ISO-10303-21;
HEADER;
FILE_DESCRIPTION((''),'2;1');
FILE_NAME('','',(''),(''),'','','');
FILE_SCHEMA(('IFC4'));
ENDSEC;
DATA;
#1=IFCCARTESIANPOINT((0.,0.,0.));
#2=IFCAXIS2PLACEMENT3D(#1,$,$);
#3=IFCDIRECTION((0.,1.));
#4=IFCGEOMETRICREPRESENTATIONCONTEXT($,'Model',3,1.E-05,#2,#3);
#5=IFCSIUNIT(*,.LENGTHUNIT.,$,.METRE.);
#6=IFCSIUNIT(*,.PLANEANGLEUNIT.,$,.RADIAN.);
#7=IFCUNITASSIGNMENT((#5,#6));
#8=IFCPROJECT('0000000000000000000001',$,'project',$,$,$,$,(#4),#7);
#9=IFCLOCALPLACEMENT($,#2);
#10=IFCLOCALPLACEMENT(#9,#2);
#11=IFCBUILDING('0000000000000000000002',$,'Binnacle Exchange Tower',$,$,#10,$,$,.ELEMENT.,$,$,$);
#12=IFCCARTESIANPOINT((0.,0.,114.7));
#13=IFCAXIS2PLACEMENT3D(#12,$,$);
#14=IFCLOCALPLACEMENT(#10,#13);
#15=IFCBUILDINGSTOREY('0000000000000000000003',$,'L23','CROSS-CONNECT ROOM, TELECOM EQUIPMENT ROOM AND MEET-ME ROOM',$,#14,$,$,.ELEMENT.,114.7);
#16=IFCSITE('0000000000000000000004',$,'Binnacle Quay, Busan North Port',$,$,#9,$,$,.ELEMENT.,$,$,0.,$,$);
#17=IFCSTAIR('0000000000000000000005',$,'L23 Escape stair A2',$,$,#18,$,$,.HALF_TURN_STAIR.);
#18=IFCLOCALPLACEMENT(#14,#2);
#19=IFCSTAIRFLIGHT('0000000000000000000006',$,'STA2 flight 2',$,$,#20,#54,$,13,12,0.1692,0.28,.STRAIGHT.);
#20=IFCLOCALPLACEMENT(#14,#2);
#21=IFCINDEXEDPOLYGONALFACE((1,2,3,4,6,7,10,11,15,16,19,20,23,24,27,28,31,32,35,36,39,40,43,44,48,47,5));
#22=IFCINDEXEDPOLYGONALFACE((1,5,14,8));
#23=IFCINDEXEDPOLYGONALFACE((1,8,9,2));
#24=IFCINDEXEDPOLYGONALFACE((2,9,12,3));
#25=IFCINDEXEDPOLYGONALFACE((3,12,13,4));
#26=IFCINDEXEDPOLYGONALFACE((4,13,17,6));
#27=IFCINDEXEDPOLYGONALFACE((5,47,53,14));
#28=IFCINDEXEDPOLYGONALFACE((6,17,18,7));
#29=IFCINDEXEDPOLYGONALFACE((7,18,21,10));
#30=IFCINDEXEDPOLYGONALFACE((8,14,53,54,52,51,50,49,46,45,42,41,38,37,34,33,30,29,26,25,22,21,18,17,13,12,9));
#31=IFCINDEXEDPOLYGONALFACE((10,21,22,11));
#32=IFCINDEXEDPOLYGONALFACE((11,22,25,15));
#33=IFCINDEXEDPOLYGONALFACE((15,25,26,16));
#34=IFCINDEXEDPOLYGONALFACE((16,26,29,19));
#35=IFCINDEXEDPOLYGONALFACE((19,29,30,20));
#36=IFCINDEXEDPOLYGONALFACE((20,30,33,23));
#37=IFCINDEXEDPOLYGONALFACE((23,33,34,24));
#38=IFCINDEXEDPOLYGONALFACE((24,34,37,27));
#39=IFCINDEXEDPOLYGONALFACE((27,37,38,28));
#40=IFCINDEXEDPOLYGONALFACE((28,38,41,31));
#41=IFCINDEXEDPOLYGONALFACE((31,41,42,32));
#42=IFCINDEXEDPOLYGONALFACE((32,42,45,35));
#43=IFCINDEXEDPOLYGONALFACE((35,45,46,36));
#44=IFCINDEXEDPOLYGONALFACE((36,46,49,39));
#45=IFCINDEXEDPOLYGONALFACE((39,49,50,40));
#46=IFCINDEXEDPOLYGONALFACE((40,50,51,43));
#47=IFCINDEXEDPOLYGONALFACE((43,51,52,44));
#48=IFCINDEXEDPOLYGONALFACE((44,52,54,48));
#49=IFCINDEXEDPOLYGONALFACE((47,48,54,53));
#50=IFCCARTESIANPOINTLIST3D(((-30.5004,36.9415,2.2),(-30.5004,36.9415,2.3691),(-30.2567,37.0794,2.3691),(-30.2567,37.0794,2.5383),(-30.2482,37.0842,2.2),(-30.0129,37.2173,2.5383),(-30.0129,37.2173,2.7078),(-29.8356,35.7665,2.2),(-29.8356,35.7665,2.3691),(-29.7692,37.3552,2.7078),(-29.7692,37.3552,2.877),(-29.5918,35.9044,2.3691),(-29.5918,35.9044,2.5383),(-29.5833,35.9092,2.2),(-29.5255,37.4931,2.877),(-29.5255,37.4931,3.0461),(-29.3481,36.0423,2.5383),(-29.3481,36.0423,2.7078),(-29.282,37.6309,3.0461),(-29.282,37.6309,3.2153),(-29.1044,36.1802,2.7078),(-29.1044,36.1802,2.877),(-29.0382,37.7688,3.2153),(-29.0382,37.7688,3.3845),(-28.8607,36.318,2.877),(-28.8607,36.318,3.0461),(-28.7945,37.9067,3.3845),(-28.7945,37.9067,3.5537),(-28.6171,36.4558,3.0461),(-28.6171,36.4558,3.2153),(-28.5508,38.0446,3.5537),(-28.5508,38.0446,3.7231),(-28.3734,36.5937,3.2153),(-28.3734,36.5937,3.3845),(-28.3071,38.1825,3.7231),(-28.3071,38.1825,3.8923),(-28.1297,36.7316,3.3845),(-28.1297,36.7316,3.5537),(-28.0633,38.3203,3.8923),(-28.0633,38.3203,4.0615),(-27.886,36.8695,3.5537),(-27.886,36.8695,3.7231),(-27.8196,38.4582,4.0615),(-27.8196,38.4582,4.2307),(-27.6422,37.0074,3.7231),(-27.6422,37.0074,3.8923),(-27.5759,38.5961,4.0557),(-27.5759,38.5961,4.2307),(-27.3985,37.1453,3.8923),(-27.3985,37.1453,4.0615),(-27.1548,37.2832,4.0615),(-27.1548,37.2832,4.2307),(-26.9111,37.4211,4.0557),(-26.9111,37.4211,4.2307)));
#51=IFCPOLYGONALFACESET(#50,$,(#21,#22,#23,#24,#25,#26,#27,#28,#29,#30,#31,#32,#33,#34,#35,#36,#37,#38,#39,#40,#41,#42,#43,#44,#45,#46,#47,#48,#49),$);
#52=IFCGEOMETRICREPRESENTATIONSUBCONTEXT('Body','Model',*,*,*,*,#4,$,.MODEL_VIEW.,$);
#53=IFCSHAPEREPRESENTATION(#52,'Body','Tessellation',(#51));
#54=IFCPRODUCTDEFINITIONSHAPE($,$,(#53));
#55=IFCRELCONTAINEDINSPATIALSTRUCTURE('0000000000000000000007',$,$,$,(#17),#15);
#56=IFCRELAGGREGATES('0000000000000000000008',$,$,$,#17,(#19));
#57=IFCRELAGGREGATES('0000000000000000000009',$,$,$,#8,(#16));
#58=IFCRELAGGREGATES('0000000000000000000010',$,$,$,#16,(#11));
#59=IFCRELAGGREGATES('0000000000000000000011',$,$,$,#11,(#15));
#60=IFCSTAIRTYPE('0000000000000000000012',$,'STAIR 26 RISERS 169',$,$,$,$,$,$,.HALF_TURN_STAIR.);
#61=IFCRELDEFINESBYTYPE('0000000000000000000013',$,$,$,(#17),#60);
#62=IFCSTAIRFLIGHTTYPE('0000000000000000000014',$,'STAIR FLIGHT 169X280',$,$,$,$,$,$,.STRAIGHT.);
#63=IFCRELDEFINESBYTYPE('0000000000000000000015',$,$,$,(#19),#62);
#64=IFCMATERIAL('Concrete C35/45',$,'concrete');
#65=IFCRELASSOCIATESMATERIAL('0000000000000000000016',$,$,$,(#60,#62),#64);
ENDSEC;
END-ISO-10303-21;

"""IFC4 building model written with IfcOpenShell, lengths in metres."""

from ifc_helpers import new_model, si_unit, direction, frame, origin, place, context, subcontext, project, spatial, polyline, outline, extrude, material, type_object, element, aggregate, save


model = new_model("IFC4")

# Units and contexts
model_context = context("Model", 3, precision=1e-05, world=origin(), true_north=direction((0.0, 1.0)))
body_context = subcontext(model_context, "Body", "Model", "MODEL_VIEW")
ifc_project = project(units=[si_unit("LENGTHUNIT", "METRE"), si_unit("PLANEANGLEUNIT", "RADIAN")], contexts=[model_context])

# Site, building, storey
site_placement = place(None, origin())
site = spatial("IfcSite", under=ifc_project, at=site_placement, Name="Binnacle Quay, Busan North Port", CompositionType="ELEMENT", RefElevation=0.0)
building_placement = place(site_placement, origin())
building = spatial("IfcBuilding", under=site, at=building_placement, Name="Binnacle Exchange Tower", CompositionType="ELEMENT")
storey_placement = place(building_placement, frame((0.0, 0.0, 114.7)))
storey = spatial("IfcBuildingStorey", under=building, at=storey_placement, Name="L23", Description="CROSS-CONNECT ROOM, TELECOM EQUIPMENT ROOM AND MEET-ME ROOM", CompositionType="ELEMENT", Elevation=114.7)

# Stair, stair flight
ifc_material_1 = material(Name="Concrete C35/45", Category="concrete")
stair_type = type_object("IfcStairType", Name="STAIR 26 RISERS 169", PredefinedType="HALF_TURN_STAIR", material=ifc_material_1)
stair_placement = place(storey_placement, origin())
stair = element("IfcStair", 1, at=stair_placement, inside=storey, type_object=stair_type, Name="L23 Escape stair A2", PredefinedType="HALF_TURN_STAIR")
stair_flight_type = type_object("IfcStairFlightType", Name="STAIR FLIGHT 169X280", PredefinedType="STRAIGHT", material=ifc_material_1)
stair_flight_placement = place(storey_placement, frame((-30.168, 36.354, 2.2), z_axis=(0.0, 0.0, 1.0), x_axis=(0.870356, 0.492424, 0.0)))
stair_flight = element("IfcStairFlight", 2, at=stair_flight_placement, type_object=stair_flight_type, Name="STA2 flight 2", NumberOfRisers=13, NumberOfTreads=12, PredefinedType="STRAIGHT", RiserHeight=0.1692, TreadLength=0.28, context=body_context, shape_type="SweptSolid", body=[
    extrude(outline(polyline([(0.0, 0.0), (0.0, 0.1692), (0.28, 0.1692), (0.28, 0.3384), (0.5601, 0.3384), (0.5601, 0.5078), (0.8401, 0.5078), (0.8401, 0.677), (1.1201, 0.677), (1.1201, 0.8462), (1.3999, 0.8462), (1.3999, 1.0154), (1.6799, 1.0154), (1.6799, 1.1846), (1.96, 1.1846), (1.96, 1.3538), (2.24, 1.3538), (2.24, 1.5232), (2.52, 1.5232), (2.52, 1.6924), (2.8, 1.6924), (2.8, 1.8616), (3.0801, 1.8616), (3.0801, 2.0308), (3.3601, 2.0308), (3.3601, 2.2), (3.3601, 1.8557), (0.2898, 0.0), (0.0, 0.0)])), frame((0.0, 0.675, 0.0), z_axis=(0.0, -1.0, 0.0), x_axis=(1.0, 0.0, 0.0)), (0.0, 0.0, 1.0), 1.3501),
])
aggregate(stair, [stair_flight])

save(model, "model.ifc")
